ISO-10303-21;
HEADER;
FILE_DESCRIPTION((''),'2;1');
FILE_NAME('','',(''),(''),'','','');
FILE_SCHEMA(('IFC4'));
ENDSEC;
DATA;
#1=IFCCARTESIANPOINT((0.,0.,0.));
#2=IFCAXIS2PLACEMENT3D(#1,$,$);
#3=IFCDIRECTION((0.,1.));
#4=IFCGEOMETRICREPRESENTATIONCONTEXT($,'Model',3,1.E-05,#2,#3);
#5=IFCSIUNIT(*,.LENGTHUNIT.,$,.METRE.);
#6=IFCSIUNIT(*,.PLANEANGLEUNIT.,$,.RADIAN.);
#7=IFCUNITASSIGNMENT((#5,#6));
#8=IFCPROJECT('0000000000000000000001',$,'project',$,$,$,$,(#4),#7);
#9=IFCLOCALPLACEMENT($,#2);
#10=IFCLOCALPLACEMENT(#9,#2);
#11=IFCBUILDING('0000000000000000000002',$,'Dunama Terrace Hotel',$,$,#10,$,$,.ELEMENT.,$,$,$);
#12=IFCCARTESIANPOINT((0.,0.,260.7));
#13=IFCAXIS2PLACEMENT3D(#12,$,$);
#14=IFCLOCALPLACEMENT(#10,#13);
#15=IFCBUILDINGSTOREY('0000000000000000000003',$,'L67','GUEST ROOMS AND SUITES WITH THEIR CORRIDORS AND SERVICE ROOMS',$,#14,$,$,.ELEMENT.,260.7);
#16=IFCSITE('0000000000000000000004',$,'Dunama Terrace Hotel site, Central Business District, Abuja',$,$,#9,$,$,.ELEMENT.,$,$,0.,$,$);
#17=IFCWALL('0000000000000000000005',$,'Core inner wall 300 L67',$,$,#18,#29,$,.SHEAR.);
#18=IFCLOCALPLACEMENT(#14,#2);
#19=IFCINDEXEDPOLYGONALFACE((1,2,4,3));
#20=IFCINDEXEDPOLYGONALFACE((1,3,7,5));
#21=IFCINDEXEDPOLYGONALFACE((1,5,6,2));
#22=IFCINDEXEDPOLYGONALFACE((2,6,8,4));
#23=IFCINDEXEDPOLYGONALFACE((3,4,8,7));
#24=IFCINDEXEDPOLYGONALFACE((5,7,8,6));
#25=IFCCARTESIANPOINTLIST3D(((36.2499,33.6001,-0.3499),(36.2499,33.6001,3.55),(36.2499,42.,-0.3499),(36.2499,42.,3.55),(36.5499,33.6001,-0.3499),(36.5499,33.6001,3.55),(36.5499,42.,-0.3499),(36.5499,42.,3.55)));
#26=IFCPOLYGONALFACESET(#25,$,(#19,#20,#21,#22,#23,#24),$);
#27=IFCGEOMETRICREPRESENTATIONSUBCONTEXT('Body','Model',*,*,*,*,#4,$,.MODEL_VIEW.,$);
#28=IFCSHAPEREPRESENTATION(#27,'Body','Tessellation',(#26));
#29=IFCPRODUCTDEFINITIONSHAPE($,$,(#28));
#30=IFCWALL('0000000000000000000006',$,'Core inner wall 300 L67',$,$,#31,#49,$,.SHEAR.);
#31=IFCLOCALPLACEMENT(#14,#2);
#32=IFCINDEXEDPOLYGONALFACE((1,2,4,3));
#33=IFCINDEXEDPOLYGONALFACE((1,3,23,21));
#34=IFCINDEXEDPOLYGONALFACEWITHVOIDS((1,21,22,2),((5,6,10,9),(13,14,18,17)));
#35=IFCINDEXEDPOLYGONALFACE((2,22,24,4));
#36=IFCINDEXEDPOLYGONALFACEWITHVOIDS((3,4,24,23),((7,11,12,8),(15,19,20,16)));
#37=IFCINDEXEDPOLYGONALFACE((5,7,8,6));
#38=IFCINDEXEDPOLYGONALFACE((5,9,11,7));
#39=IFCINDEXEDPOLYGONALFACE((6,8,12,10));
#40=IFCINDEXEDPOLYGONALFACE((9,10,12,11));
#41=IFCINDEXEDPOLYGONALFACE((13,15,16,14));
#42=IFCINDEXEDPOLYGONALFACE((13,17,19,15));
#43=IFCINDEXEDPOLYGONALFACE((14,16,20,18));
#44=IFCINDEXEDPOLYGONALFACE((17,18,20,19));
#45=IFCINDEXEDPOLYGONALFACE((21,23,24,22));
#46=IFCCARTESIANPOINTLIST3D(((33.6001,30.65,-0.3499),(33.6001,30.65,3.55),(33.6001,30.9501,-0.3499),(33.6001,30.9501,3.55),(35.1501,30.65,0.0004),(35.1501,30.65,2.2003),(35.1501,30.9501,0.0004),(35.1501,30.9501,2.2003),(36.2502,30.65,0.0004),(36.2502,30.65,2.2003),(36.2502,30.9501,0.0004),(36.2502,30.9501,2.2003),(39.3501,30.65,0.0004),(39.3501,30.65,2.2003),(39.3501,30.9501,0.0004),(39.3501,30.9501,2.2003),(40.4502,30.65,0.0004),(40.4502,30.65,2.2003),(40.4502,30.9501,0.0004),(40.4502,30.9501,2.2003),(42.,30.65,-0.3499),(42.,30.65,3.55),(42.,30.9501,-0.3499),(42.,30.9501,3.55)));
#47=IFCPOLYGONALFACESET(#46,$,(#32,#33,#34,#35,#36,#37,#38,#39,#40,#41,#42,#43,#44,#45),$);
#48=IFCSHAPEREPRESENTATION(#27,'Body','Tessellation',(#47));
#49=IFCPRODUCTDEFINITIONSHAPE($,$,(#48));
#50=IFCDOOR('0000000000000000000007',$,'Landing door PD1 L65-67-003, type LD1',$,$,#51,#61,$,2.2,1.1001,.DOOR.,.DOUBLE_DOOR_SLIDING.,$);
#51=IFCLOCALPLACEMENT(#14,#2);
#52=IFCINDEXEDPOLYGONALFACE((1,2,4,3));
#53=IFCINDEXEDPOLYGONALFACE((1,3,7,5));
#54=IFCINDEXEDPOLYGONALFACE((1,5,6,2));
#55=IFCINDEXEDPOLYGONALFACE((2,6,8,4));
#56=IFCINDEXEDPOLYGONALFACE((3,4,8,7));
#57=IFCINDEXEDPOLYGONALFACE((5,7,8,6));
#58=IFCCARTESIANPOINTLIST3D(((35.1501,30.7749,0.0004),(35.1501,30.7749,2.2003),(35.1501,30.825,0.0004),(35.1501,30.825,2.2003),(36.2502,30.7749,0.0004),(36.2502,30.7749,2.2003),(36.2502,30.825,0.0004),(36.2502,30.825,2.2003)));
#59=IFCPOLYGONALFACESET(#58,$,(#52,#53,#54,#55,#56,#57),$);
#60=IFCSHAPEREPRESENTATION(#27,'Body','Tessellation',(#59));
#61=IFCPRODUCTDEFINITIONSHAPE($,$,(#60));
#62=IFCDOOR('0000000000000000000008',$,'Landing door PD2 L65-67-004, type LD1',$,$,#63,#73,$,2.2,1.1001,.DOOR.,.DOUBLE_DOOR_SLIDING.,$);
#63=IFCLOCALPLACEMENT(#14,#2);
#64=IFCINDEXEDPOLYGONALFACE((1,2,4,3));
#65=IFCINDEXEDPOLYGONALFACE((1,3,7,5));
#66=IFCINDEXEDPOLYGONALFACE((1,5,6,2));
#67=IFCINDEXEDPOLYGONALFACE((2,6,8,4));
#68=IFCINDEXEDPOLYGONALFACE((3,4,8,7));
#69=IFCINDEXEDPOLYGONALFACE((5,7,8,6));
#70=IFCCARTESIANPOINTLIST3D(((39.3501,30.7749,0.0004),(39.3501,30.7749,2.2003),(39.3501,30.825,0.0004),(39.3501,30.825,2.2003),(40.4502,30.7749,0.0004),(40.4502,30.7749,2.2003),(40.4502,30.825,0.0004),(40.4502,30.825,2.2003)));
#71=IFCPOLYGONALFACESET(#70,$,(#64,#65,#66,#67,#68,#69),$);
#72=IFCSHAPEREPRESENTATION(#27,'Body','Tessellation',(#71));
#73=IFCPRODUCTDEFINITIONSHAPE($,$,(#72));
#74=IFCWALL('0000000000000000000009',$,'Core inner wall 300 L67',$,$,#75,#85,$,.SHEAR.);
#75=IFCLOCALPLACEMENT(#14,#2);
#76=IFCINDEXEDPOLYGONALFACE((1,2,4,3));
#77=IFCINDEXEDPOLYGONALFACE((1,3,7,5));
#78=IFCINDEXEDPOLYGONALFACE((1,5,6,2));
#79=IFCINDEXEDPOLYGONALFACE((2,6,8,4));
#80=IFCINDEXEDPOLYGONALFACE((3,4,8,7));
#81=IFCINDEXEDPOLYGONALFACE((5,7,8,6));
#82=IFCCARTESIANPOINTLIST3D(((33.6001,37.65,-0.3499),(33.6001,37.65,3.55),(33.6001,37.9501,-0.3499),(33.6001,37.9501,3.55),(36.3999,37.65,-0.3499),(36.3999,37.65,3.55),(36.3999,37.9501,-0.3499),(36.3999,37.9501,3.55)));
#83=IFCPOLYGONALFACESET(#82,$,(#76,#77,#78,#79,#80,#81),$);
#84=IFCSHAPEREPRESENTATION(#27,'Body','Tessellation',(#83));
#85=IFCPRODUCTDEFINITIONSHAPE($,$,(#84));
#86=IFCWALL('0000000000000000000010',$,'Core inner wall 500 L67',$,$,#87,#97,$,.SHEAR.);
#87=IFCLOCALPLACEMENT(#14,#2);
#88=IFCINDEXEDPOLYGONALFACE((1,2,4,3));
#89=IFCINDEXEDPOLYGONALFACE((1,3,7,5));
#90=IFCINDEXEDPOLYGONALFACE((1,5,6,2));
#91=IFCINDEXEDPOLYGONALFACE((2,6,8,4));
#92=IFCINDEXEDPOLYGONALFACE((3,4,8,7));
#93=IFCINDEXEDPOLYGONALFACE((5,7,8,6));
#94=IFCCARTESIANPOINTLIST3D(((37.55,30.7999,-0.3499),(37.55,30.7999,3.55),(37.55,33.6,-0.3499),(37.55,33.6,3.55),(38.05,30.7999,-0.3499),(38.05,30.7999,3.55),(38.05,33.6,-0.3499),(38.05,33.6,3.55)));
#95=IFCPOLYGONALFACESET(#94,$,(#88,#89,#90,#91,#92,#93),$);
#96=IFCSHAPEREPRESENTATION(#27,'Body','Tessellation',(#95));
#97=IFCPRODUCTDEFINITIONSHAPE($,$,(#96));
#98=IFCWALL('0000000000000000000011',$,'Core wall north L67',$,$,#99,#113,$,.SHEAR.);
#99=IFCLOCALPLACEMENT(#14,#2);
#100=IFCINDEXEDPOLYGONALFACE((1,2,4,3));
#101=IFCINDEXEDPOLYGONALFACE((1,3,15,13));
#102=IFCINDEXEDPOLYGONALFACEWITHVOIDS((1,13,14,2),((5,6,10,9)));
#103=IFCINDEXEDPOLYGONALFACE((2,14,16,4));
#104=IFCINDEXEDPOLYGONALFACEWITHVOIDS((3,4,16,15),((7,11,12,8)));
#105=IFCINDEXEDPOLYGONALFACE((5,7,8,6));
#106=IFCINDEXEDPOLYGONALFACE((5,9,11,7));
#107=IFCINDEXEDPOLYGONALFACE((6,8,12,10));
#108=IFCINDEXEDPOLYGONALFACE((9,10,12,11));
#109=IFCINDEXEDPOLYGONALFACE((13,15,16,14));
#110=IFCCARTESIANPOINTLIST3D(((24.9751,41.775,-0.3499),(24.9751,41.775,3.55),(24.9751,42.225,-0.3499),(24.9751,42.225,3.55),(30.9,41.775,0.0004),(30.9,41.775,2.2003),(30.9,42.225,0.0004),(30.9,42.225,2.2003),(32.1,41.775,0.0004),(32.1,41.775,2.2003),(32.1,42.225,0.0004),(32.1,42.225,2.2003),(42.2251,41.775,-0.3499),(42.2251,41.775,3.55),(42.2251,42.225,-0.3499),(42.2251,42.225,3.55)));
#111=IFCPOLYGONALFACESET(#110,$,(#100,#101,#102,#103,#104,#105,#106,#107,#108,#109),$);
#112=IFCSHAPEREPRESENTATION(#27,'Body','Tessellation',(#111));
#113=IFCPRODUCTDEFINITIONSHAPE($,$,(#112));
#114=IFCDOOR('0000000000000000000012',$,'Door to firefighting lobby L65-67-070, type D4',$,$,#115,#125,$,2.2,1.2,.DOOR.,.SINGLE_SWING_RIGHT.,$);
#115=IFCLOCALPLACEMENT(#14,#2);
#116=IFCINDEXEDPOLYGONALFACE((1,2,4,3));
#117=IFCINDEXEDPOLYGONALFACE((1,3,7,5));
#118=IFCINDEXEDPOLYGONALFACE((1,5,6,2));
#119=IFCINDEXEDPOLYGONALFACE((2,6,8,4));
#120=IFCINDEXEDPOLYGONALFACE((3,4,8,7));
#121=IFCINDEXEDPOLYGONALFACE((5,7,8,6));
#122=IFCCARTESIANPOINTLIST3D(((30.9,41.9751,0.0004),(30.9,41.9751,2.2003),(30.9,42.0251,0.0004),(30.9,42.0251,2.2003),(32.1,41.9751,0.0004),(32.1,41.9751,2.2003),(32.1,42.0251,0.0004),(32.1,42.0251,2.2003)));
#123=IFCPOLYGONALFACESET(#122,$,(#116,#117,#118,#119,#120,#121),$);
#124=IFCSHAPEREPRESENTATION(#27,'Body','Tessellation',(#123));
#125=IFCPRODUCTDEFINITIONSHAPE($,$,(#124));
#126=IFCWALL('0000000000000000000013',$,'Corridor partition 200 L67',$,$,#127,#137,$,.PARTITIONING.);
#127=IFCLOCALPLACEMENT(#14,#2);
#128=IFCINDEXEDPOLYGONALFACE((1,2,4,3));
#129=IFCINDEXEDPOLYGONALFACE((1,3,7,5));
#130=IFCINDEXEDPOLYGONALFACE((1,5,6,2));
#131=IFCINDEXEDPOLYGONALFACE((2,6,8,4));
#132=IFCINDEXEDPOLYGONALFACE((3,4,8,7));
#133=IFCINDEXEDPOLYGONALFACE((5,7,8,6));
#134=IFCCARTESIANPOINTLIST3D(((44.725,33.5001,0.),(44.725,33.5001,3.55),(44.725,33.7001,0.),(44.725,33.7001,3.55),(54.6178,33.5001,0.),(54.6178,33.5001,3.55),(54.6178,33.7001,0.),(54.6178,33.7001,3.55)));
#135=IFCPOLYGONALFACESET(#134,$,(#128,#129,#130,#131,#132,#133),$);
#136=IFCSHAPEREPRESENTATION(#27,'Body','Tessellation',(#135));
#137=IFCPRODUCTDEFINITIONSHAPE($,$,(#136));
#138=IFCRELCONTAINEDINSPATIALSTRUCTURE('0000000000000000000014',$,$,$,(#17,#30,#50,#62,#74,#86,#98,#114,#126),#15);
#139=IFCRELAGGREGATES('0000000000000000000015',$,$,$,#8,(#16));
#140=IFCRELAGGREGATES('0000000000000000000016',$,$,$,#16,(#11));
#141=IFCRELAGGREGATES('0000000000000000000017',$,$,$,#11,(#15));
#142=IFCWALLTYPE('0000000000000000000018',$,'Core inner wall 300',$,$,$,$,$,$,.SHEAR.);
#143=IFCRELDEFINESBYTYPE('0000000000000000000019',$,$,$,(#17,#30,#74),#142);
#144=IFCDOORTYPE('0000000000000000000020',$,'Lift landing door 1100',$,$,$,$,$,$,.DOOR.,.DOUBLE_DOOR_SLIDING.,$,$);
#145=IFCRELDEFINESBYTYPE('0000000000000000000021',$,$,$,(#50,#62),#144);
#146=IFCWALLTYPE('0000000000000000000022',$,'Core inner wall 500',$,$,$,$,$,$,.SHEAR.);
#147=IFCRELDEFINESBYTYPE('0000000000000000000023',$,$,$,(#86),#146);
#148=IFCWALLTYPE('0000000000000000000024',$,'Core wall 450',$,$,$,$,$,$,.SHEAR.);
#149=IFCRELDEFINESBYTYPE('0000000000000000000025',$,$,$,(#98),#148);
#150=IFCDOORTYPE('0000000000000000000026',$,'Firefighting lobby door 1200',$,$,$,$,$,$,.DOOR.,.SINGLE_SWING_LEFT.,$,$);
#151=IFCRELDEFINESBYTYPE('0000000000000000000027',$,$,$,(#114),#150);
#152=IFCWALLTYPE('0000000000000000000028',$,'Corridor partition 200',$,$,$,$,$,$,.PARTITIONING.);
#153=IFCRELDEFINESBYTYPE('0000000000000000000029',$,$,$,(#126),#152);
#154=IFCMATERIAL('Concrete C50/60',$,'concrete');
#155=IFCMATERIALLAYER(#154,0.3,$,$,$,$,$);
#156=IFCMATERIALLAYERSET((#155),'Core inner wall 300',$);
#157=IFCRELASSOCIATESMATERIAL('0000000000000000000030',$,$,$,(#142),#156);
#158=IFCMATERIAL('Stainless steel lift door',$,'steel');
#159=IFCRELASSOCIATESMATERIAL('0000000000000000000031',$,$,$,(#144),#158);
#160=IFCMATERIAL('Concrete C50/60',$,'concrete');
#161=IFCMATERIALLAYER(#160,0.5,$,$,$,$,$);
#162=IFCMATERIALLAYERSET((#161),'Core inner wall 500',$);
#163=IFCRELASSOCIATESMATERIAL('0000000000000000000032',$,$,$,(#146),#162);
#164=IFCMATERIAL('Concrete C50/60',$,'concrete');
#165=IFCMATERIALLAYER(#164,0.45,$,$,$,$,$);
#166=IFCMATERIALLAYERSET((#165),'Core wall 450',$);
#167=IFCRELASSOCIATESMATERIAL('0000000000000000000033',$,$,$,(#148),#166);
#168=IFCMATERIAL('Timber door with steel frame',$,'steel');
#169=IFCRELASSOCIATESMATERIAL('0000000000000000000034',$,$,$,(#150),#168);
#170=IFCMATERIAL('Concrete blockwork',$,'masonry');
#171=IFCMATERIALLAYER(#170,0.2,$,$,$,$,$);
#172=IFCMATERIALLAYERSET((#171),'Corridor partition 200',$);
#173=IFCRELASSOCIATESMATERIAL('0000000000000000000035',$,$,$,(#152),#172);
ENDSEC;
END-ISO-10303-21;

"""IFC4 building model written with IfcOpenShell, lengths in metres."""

from ifc_helpers import new_model, si_unit, direction, frame, frame_2d, origin, place, context, subcontext, project, spatial, rectangle, extrude, material, layer, layer_set, type_object, element, fill, save


model = new_model("IFC4")

# Units and contexts
model_context = context("Model", 3, precision=1e-05, world=origin(), true_north=direction((0.0, 1.0)))
body_context = subcontext(model_context, "Body", "Model", "MODEL_VIEW")
ifc_project = project(units=[si_unit("LENGTHUNIT", "METRE"), si_unit("PLANEANGLEUNIT", "RADIAN")], contexts=[model_context])

# Site, building, storey
site_placement = place(None, origin())
site = spatial("IfcSite", under=ifc_project, at=site_placement, Name="Dunama Terrace Hotel site, Central Business District, Abuja", CompositionType="ELEMENT", RefElevation=0.0)
building_placement = place(site_placement, origin())
building = spatial("IfcBuilding", under=site, at=building_placement, Name="Dunama Terrace Hotel", CompositionType="ELEMENT")
storey_placement = place(building_placement, frame((0.0, 0.0, 260.7)))
storey = spatial("IfcBuildingStorey", under=building, at=storey_placement, Name="L67", Description="GUEST ROOMS AND SUITES WITH THEIR CORRIDORS AND SERVICE ROOMS", CompositionType="ELEMENT", Elevation=260.7)

# Wall
ifc_material_1 = material(Name="Concrete C50/60", Category="concrete")
ifc_layer_1 = layer(ifc_material_1, 0.3)
ifc_layer_set_1 = layer_set([ifc_layer_1], Name="Core inner wall 300")
wall_type_1 = type_object("IfcWallType", Name="Core inner wall 300", PredefinedType="SHEAR", material=ifc_layer_set_1)
wall_1_placement = place(storey_placement, frame((36.3999, 33.6001, -0.3499), z_axis=(0.0, 0.0, 1.0), x_axis=(0.0, 1.0, 0.0)))
element("IfcWall", 1, at=wall_1_placement, inside=storey, type_object=wall_type_1, Name="Core inner wall 300 L67", PredefinedType="SHEAR", context=body_context, shape_type="SweptSolid", body=[
    extrude(rectangle(XDim=8.3999, YDim=0.3, at=frame_2d((4.2, 0.0))), origin(), (0.0, 0.0, 1.0), 3.8999),
])

# Wall, openings, doors
wall_2_placement = place(storey_placement, frame((33.6001, 30.8, -0.3499), z_axis=(0.0, 0.0, 1.0), x_axis=(1.0, 0.0, 0.0)))
wall_2 = element("IfcWall", 2, at=wall_2_placement, inside=storey, type_object=wall_type_1, Name="Core inner wall 300 L67", PredefinedType="SHEAR", context=body_context, shape_type="SweptSolid", body=[
    extrude(rectangle(XDim=8.3999, YDim=0.3, at=frame_2d((4.2, 0.0))), origin(), (0.0, 0.0, 1.0), 3.8999),
])
opening_1_placement = place(wall_2_placement, frame((1.55, 0.0, 0.3501)))
opening_1 = element("IfcOpeningElement", 3, at=opening_1_placement, cuts=wall_2, PredefinedType="OPENING", context=body_context, shape_type="SweptSolid", body=[
    extrude(rectangle(XDim=1.1001, YDim=2.2, at=frame_2d((0.55, 1.1001))), frame((0.0, 0.1599, 0.0), z_axis=(0.0, -1.0, 0.0), x_axis=(1.0, 0.0, 0.0)), (0.0, 0.0, 1.0), 0.3201),
])
opening_2_placement = place(wall_2_placement, frame((5.75, 0.0, 0.3501)))
opening_2 = element("IfcOpeningElement", 4, at=opening_2_placement, cuts=wall_2, PredefinedType="OPENING", context=body_context, shape_type="SweptSolid", body=[
    extrude(rectangle(XDim=1.1001, YDim=2.2, at=frame_2d((0.55, 1.1001))), frame((0.0, 0.1599, 0.0), z_axis=(0.0, -1.0, 0.0), x_axis=(1.0, 0.0, 0.0)), (0.0, 0.0, 1.0), 0.3201),
])
ifc_material_2 = material(Name="Stainless steel lift door", Category="steel")
door_type_1 = type_object("IfcDoorType", Name="Lift landing door 1100", OperationType="DOUBLE_DOOR_SLIDING", PredefinedType="DOOR", material=ifc_material_2)
door_1_placement = place(opening_1_placement, origin())
door_1 = element("IfcDoor", 5, at=door_1_placement, inside=storey, type_object=door_type_1, Name="Landing door PD1 L65-67-003, type LD1", OperationType="DOUBLE_DOOR_SLIDING", OverallHeight=2.2, OverallWidth=1.1001, PredefinedType="DOOR", context=body_context, shape_type="SweptSolid", body=[
    extrude(rectangle(XDim=1.1001, YDim=2.2, at=frame_2d((0.55, 1.1001))), frame((0.0, 0.0249, 0.0), z_axis=(0.0, -1.0, 0.0), x_axis=(1.0, 0.0, 0.0)), (0.0, 0.0, 1.0), 0.05),
])
fill(opening_1, door_1)
door_2_placement = place(opening_2_placement, origin())
door_2 = element("IfcDoor", 6, at=door_2_placement, inside=storey, type_object=door_type_1, Name="Landing door PD2 L65-67-004, type LD1", OperationType="DOUBLE_DOOR_SLIDING", OverallHeight=2.2, OverallWidth=1.1001, PredefinedType="DOOR", context=body_context, shape_type="SweptSolid", body=[
    extrude(rectangle(XDim=1.1001, YDim=2.2, at=frame_2d((0.55, 1.1001))), frame((0.0, 0.0249, 0.0), z_axis=(0.0, -1.0, 0.0), x_axis=(1.0, 0.0, 0.0)), (0.0, 0.0, 1.0), 0.05),
])
fill(opening_2, door_2)

# Walls
wall_3_placement = place(storey_placement, frame((33.6001, 37.8, -0.3499), z_axis=(0.0, 0.0, 1.0), x_axis=(1.0, 0.0, 0.0)))
element("IfcWall", 7, at=wall_3_placement, inside=storey, type_object=wall_type_1, Name="Core inner wall 300 L67", PredefinedType="SHEAR", context=body_context, shape_type="SweptSolid", body=[
    extrude(rectangle(XDim=2.7998, YDim=0.3, at=frame_2d((1.3999, 0.0))), origin(), (0.0, 0.0, 1.0), 3.8999),
])
ifc_material_3 = material(Name="Concrete C50/60", Category="concrete")
ifc_layer_2 = layer(ifc_material_3, 0.5)
ifc_layer_set_2 = layer_set([ifc_layer_2], Name="Core inner wall 500")
wall_type_2 = type_object("IfcWallType", Name="Core inner wall 500", PredefinedType="SHEAR", material=ifc_layer_set_2)
wall_4_placement = place(storey_placement, frame((37.8, 30.8, -0.3499), z_axis=(0.0, 0.0, 1.0), x_axis=(0.0, 1.0, 0.0)))
element("IfcWall", 8, at=wall_4_placement, inside=storey, type_object=wall_type_2, Name="Core inner wall 500 L67", PredefinedType="SHEAR", context=body_context, shape_type="SweptSolid", body=[
    extrude(rectangle(XDim=2.8, YDim=0.5, at=frame_2d((1.3999, 0.0))), origin(), (0.0, 0.0, 1.0), 3.8999),
])

# Wall, opening, door
ifc_material_4 = material(Name="Concrete C50/60", Category="concrete")
ifc_layer_3 = layer(ifc_material_4, 0.45)
ifc_layer_set_3 = layer_set([ifc_layer_3], Name="Core wall 450")
wall_type_3 = type_object("IfcWallType", Name="Core wall 450", PredefinedType="SHEAR", material=ifc_layer_set_3)
wall_5_placement = place(storey_placement, frame((42.2251, 42.0, -0.3499), z_axis=(0.0, 0.0, 1.0), x_axis=(-1.0, 0.0, 0.0)))
wall_5 = element("IfcWall", 9, at=wall_5_placement, inside=storey, type_object=wall_type_3, Name="Core wall north L67", PredefinedType="SHEAR", context=body_context, shape_type="SweptSolid", body=[
    extrude(rectangle(XDim=17.25, YDim=0.45, at=frame_2d((8.625, 0.0))), origin(), (0.0, 0.0, 1.0), 3.8999),
])
opening_3_placement = place(wall_5_placement, frame((10.125, 0.0, 0.3501)))
opening_3 = element("IfcOpeningElement", 10, at=opening_3_placement, cuts=wall_5, PredefinedType="OPENING", context=body_context, shape_type="SweptSolid", body=[
    extrude(rectangle(XDim=1.2, YDim=2.2, at=frame_2d((0.6001, 1.1001))), frame((0.0, 0.2349, 0.0), z_axis=(0.0, -1.0, 0.0), x_axis=(1.0, 0.0, 0.0)), (0.0, 0.0, 1.0), 0.47),
])
ifc_material_5 = material(Name="Timber door with steel frame", Category="steel")
door_type_2 = type_object("IfcDoorType", Name="Firefighting lobby door 1200", OperationType="SINGLE_SWING_LEFT", PredefinedType="DOOR", material=ifc_material_5)
door_3_placement = place(opening_3_placement, origin())
door_3 = element("IfcDoor", 11, at=door_3_placement, inside=storey, type_object=door_type_2, Name="Door to firefighting lobby L65-67-070, type D4", OperationType="SINGLE_SWING_RIGHT", OverallHeight=2.2, OverallWidth=1.2, PredefinedType="DOOR", context=body_context, shape_type="SweptSolid", body=[
    extrude(rectangle(XDim=1.2, YDim=2.2, at=frame_2d((0.6001, 1.1001))), frame((0.0, 0.0249, 0.0), z_axis=(0.0, -1.0, 0.0), x_axis=(1.0, 0.0, 0.0)), (0.0, 0.0, 1.0), 0.05),
])
fill(opening_3, door_3)

# Wall
ifc_material_6 = material(Name="Concrete blockwork", Category="masonry")
ifc_layer_4 = layer(ifc_material_6, 0.2)
ifc_layer_set_4 = layer_set([ifc_layer_4], Name="Corridor partition 200")
wall_type_4 = type_object("IfcWallType", Name="Corridor partition 200", PredefinedType="PARTITIONING", material=ifc_layer_set_4)
wall_6_placement = place(storey_placement, frame((44.7251, 33.6001, 0.0), z_axis=(0.0, 0.0, 1.0), x_axis=(1.0, 0.0, 0.0)))
element("IfcWall", 12, at=wall_6_placement, inside=storey, type_object=wall_type_4, Name="Corridor partition 200 L67", PredefinedType="PARTITIONING", context=body_context, shape_type="SweptSolid", body=[
    extrude(rectangle(XDim=9.8928, YDim=0.2, at=frame_2d((4.9463, 0.0))), origin(), (0.0, 0.0, 1.0), 3.55),
])

save(model, "model.ifc")
